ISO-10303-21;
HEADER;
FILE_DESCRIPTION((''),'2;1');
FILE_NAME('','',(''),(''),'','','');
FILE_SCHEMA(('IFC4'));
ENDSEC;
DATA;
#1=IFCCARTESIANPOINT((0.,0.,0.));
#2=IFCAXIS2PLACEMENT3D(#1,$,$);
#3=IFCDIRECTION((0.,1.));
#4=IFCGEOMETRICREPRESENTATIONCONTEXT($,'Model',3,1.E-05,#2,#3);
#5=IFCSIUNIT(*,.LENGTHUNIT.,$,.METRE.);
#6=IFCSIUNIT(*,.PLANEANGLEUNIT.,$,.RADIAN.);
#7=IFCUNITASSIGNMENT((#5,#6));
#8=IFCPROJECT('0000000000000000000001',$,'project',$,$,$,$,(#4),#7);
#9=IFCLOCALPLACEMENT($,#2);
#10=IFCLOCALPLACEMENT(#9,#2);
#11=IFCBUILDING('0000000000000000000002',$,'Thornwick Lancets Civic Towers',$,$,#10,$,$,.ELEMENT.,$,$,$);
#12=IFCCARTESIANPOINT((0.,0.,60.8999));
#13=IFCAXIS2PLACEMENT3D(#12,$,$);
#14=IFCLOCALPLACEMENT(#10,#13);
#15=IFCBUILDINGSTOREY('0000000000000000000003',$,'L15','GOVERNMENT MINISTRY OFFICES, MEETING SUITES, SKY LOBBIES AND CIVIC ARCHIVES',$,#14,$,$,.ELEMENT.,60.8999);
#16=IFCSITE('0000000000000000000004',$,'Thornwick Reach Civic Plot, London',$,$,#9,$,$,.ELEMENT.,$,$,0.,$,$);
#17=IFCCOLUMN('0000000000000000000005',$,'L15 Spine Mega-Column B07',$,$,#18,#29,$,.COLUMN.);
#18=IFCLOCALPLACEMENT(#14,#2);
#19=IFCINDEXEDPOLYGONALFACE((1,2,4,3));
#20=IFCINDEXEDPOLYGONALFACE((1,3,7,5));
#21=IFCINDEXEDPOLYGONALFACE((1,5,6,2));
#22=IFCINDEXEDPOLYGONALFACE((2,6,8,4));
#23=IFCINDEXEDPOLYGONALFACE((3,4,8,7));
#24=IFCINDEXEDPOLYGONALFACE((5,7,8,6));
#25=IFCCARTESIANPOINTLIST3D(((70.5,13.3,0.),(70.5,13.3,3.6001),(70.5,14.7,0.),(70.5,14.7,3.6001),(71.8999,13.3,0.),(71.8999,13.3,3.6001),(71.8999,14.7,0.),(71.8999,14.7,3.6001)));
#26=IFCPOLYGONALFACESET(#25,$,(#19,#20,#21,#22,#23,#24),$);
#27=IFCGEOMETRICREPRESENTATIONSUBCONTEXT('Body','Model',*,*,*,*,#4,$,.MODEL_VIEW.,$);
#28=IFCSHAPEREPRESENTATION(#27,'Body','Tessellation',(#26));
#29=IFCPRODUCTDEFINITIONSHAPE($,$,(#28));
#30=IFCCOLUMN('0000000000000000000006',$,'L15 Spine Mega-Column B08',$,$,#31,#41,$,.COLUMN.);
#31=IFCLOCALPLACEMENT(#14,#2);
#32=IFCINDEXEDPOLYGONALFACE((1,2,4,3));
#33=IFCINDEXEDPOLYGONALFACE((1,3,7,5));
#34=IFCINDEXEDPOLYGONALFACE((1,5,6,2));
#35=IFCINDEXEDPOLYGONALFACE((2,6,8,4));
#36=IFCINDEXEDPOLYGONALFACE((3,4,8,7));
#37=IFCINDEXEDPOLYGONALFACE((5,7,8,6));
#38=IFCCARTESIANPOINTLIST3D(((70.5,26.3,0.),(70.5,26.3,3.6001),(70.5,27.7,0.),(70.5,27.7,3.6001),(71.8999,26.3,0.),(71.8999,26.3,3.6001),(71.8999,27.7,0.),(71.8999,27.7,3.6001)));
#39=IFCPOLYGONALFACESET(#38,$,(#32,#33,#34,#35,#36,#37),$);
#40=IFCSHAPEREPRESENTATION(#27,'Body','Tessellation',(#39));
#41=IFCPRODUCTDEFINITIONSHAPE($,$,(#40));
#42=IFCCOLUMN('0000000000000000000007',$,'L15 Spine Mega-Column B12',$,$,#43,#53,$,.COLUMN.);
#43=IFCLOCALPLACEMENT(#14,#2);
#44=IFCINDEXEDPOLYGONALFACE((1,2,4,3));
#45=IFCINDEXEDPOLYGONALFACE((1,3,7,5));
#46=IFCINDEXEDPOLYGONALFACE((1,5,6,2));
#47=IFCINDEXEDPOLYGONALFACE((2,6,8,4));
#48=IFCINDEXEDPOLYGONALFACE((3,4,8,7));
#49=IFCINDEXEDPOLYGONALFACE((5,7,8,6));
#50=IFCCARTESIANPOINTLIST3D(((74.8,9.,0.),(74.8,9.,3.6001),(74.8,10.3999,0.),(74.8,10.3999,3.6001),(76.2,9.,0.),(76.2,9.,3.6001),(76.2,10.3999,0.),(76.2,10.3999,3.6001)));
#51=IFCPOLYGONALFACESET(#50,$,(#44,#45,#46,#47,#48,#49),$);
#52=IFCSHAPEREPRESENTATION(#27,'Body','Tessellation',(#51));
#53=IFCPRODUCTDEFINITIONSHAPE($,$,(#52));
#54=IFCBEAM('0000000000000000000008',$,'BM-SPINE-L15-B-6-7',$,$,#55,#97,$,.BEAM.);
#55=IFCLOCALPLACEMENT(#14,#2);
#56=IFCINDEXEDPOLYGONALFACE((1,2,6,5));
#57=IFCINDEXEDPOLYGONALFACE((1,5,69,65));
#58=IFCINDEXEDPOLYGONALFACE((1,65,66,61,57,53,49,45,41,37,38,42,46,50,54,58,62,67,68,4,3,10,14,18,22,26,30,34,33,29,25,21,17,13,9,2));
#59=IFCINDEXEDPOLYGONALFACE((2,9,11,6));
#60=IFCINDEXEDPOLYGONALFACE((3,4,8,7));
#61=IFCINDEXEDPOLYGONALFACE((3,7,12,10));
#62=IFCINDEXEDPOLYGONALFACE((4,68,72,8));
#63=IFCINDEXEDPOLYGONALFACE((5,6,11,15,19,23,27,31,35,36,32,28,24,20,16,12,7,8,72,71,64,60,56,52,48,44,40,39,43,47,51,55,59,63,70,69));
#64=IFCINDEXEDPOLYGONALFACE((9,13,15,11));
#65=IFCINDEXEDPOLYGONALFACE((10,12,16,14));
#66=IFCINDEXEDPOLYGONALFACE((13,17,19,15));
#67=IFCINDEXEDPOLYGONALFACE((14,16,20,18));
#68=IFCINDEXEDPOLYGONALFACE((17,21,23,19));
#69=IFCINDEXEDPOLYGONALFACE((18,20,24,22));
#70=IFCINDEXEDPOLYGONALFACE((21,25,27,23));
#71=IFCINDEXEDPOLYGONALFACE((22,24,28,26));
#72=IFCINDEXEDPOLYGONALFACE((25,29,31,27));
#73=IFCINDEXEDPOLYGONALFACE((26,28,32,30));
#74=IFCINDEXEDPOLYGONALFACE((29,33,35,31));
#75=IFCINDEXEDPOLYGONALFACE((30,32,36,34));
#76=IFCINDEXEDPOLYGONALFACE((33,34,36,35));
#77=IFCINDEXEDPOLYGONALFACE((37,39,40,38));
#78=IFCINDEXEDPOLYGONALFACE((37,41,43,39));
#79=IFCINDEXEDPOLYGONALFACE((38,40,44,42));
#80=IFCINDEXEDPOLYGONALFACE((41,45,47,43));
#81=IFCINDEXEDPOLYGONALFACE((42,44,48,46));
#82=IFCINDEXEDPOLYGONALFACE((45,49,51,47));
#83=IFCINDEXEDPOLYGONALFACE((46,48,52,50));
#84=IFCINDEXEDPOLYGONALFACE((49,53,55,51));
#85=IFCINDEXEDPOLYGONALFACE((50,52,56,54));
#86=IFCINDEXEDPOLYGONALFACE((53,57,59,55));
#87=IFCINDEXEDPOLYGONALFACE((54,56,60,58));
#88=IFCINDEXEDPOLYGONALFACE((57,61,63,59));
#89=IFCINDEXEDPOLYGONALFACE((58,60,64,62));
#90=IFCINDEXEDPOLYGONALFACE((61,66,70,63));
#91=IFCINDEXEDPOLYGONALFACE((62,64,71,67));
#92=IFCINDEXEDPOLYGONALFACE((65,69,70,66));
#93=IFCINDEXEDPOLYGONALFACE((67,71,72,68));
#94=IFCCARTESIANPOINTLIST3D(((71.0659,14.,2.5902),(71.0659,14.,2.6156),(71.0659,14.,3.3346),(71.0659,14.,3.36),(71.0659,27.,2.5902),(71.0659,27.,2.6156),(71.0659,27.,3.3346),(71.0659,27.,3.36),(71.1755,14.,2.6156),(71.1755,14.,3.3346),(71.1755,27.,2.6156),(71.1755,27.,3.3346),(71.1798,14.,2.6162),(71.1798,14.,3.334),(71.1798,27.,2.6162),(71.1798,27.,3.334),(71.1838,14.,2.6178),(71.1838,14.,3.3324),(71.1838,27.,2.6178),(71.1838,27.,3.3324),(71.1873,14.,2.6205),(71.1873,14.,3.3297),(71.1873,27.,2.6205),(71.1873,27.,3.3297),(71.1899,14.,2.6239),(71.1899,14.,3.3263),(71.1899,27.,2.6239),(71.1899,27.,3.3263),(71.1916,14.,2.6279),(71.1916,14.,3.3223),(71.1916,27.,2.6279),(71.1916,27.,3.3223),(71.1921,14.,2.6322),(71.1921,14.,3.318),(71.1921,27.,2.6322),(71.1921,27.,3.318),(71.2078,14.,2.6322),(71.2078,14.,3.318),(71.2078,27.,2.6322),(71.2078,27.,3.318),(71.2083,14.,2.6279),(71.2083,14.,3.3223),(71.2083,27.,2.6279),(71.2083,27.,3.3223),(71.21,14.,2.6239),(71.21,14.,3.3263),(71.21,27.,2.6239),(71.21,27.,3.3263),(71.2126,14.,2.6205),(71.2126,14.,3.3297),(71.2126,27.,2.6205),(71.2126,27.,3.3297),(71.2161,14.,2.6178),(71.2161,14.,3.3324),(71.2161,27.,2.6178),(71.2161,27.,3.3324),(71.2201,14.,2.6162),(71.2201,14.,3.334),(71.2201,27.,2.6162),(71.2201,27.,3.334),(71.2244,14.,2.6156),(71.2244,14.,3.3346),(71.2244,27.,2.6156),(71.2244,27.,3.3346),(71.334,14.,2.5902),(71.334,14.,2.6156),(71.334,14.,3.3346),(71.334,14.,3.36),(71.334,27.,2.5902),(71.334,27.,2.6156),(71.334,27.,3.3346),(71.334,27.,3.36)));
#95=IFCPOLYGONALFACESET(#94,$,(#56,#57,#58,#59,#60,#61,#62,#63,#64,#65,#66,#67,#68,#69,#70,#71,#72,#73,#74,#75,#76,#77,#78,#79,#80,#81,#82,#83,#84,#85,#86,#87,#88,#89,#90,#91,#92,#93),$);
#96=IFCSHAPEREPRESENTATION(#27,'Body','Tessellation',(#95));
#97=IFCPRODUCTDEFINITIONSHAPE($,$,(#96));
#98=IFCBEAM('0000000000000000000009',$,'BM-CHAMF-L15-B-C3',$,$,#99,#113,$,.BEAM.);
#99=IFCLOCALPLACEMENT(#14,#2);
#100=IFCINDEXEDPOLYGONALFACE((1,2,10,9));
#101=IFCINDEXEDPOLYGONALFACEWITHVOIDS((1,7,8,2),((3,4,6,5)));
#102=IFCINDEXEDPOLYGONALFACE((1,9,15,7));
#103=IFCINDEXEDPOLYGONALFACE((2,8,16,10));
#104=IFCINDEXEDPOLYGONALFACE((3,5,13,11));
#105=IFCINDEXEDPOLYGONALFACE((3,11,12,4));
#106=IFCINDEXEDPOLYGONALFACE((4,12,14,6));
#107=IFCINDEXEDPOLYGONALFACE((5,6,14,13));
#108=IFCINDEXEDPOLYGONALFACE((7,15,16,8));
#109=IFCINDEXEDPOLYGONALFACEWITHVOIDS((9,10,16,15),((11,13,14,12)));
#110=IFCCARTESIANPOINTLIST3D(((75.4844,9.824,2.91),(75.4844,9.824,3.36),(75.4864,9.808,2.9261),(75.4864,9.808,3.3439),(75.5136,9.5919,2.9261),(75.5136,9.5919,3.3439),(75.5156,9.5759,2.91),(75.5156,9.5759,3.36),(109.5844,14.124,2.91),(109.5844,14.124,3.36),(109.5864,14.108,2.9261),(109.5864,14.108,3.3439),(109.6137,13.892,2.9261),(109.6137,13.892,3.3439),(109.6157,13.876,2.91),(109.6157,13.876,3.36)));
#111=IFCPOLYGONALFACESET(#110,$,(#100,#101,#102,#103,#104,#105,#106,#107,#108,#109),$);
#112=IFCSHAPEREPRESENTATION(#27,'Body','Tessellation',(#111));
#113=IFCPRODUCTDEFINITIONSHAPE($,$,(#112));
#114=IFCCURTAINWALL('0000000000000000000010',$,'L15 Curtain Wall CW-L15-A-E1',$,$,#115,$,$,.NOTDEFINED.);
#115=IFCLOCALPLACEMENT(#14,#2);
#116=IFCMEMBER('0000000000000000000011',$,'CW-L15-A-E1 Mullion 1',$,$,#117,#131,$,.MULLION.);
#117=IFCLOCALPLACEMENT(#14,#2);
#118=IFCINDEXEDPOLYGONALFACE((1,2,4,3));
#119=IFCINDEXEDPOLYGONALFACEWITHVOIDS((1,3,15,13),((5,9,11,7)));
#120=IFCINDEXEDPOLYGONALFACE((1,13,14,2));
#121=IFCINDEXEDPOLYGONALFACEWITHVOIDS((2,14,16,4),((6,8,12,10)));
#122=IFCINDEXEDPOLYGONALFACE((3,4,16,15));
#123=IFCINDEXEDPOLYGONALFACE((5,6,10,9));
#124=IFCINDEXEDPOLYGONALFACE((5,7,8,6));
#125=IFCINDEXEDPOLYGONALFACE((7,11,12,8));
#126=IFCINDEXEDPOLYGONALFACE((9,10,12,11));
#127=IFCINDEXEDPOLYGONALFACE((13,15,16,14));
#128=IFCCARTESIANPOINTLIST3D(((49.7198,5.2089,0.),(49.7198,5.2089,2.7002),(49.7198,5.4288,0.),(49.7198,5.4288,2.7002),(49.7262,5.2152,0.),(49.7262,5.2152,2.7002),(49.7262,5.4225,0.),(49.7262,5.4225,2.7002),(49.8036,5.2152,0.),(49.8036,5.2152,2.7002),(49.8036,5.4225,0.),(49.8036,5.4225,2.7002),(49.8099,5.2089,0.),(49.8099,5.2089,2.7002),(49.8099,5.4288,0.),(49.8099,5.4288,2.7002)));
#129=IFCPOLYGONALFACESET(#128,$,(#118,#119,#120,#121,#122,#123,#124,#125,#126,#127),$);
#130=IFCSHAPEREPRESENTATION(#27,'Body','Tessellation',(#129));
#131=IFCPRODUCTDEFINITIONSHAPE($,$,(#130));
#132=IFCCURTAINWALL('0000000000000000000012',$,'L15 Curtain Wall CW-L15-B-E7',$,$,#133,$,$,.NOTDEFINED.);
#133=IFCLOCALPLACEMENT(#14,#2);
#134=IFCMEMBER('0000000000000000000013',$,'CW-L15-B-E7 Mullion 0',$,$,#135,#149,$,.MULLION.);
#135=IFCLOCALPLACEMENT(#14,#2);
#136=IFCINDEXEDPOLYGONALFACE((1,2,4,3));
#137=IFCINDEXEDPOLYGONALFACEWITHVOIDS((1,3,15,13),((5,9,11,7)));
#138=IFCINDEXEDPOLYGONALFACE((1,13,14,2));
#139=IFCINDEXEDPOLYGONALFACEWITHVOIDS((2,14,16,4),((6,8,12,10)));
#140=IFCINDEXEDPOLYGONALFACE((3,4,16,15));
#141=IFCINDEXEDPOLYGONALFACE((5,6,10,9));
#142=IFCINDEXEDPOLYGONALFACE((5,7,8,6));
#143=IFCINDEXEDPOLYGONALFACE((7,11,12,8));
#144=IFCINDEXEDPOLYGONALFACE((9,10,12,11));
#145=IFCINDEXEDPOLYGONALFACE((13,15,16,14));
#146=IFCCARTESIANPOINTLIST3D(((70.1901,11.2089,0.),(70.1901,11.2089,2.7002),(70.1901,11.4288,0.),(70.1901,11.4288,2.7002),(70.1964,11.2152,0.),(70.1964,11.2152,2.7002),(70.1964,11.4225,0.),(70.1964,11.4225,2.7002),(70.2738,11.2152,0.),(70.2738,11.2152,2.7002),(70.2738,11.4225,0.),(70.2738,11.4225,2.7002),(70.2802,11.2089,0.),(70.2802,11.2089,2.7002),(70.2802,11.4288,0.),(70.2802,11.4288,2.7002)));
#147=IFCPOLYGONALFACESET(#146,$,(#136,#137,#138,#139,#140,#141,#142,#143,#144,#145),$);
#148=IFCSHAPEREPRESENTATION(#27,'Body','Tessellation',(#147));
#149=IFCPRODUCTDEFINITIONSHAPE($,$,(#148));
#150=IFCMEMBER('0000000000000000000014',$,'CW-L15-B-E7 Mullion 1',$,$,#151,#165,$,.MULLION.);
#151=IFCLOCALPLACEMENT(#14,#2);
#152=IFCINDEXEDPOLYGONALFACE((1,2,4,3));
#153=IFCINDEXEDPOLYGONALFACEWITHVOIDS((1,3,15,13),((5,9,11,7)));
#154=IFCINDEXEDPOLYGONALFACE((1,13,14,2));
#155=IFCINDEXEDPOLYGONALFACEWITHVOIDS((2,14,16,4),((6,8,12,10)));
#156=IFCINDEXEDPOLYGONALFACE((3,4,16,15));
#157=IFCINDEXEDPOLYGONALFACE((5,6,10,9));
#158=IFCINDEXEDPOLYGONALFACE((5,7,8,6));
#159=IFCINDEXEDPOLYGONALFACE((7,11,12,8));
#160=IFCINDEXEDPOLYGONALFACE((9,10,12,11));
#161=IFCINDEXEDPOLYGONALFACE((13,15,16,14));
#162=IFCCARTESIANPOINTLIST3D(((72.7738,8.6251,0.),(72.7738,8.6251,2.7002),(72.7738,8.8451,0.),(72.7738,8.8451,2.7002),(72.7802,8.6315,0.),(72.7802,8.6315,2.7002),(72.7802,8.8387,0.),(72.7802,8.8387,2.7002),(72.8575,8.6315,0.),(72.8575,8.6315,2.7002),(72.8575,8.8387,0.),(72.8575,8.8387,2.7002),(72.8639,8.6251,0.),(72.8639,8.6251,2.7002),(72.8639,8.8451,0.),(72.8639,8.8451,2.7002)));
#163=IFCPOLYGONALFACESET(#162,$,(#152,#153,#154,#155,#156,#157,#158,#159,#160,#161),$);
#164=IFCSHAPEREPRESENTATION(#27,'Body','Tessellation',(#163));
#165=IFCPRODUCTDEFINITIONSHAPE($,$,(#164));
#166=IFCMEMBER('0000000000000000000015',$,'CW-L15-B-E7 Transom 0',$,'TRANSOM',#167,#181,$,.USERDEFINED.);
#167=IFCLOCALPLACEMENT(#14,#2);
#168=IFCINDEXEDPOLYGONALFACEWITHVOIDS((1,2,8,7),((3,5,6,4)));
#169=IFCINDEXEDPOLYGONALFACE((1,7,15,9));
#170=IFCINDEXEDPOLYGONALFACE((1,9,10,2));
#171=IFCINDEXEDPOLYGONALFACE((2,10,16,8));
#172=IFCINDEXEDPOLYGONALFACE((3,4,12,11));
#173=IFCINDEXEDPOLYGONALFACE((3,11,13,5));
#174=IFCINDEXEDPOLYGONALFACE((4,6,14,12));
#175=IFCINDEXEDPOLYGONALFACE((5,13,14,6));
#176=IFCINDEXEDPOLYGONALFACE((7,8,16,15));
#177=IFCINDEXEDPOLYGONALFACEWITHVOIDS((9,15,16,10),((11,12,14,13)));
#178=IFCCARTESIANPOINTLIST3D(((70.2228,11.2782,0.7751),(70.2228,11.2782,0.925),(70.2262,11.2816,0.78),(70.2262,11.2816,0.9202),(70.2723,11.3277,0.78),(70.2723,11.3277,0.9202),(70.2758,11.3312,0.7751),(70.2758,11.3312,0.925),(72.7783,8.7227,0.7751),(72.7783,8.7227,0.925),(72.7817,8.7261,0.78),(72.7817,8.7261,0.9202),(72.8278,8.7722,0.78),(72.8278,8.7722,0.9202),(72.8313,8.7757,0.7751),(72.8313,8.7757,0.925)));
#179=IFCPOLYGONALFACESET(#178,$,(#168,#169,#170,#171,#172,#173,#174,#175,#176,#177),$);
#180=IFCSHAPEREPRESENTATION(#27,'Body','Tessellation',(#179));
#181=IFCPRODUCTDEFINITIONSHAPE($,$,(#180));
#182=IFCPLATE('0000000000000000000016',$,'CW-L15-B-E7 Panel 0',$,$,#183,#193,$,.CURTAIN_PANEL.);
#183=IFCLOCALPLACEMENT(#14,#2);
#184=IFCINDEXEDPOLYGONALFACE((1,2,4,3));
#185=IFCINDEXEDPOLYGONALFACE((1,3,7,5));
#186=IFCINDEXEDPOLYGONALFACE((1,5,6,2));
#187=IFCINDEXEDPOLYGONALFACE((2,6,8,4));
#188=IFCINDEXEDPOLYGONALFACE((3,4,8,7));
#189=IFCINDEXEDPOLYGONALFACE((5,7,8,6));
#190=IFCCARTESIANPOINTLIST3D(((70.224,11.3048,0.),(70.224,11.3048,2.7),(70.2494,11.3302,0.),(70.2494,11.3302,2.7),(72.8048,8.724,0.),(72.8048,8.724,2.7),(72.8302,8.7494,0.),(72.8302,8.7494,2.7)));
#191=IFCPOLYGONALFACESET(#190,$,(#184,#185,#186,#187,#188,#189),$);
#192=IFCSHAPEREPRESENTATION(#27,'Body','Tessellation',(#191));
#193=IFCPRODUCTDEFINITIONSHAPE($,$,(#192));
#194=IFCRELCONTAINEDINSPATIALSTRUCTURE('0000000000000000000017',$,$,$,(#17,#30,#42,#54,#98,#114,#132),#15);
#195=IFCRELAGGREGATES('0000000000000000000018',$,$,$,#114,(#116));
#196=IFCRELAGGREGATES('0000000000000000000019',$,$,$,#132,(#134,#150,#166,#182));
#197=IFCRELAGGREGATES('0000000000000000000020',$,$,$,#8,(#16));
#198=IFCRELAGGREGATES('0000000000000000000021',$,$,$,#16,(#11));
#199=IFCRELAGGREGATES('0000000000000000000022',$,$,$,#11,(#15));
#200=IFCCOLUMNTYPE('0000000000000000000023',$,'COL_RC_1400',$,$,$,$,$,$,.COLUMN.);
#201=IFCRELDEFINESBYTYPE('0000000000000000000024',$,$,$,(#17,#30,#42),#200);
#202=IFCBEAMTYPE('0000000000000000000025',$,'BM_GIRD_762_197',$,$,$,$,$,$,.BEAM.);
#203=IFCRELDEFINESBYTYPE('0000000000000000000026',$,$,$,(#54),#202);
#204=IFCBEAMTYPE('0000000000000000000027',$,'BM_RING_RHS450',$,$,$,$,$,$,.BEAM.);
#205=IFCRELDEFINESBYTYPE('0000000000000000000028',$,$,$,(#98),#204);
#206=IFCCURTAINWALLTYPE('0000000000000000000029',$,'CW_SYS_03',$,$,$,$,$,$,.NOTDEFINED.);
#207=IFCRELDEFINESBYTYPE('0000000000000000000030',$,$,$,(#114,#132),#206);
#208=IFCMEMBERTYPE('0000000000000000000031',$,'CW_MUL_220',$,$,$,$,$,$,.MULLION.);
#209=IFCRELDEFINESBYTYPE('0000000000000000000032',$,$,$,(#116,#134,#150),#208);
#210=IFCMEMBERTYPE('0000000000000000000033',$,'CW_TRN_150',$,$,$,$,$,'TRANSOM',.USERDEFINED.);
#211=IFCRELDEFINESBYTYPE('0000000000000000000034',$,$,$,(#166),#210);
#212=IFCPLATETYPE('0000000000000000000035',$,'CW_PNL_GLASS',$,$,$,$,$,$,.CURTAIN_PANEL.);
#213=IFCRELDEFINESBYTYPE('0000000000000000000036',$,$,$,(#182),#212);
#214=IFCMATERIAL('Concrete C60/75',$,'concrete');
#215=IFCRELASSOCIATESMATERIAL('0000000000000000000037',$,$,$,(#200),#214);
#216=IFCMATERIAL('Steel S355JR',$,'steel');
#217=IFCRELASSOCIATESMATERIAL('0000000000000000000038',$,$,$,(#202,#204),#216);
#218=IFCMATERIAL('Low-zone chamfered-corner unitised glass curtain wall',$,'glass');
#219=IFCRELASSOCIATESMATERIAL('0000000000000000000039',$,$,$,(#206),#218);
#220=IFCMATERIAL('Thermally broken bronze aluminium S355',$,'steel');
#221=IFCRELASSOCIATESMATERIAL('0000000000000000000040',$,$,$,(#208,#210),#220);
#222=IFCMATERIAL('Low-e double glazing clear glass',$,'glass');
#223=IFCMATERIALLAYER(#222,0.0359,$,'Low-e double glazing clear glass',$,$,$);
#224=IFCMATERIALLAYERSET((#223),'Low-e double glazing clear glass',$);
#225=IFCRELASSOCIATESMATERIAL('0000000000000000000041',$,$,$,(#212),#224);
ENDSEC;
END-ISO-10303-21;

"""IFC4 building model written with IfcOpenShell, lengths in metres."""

from ifc_helpers import new_model, si_unit, direction, frame, origin, origin_2d, place, context, subcontext, project, spatial, rectangle, hollow_rectangle, i_section, extrude, material, layer, layer_set, material_profile, profile_set, type_object, element, aggregate, save


model = new_model("IFC4")

# Units and contexts
model_context = context("Model", 3, precision=1e-05, world=origin(), true_north=direction((0.0, 1.0)))
body_context = subcontext(model_context, "Body", "Model", "MODEL_VIEW")
ifc_project = project(units=[si_unit("LENGTHUNIT", "METRE"), si_unit("PLANEANGLEUNIT", "RADIAN")], contexts=[model_context])

# Site, building, storey
site_placement = place(None, origin())
site = spatial("IfcSite", under=ifc_project, at=site_placement, Name="Thornwick Reach Civic Plot, London", CompositionType="ELEMENT", RefElevation=0.0)
building_placement = place(site_placement, origin())
building = spatial("IfcBuilding", under=site, at=building_placement, Name="Thornwick Lancets Civic Towers", CompositionType="ELEMENT")
storey_placement = place(building_placement, frame((0.0, 0.0, 60.8999)))
storey = spatial("IfcBuildingStorey", under=building, at=storey_placement, Name="L15", Description="GOVERNMENT MINISTRY OFFICES, MEETING SUITES, SKY LOBBIES AND CIVIC ARCHIVES", CompositionType="ELEMENT", Elevation=60.8999)

# Columns
ifc_material_1 = material(Name="Concrete C60/75", Category="concrete")
ifc_material_profile_1 = material_profile(ifc_material_1, rectangle(XDim=1.3999, YDim=1.3999, at=origin_2d()), Name="RC 1400x1400")
ifc_profile_set_1 = profile_set([ifc_material_profile_1], Name="Concrete C60/75")
column_type = type_object("IfcColumnType", Name="COL_RC_1400", PredefinedType="COLUMN", material=ifc_profile_set_1)
for number, where, z_axis, x_axis, name in (
    (1, (71.2, 14.0, 0.0), (0.0, 0.0, 1.0), (1.0, 0.0, 0.0), "L15 Spine Mega-Column B07"),
    (2, (71.2, 27.0, 0.0), (0.0, 0.0, 1.0), (1.0, 0.0, 0.0), "L15 Spine Mega-Column B08"),
    (3, (75.5, 9.7, 0.0), (0.0, 0.0, 1.0), (1.0, 0.0, 0.0), "L15 Spine Mega-Column B12"),
):
    element("IfcColumn", number, at=place(storey_placement, frame(where, z_axis=z_axis, x_axis=x_axis)), inside=storey, type_object=column_type, Name=name, PredefinedType="COLUMN", context=body_context, shape_type="SweptSolid", body=[
        extrude(rectangle(XDim=1.3999, YDim=1.3999, at=origin_2d()), origin(), (0.0, 0.0, 1.0), 3.6001),
    ])

# Beams
ifc_material_2 = material(Name="Steel S355JR", Category="steel")
ifc_material_profile_2 = material_profile(ifc_material_2, i_section(OverallWidth=0.2681, OverallDepth=0.7698, WebThickness=0.0156, FlangeThickness=0.0254, FilletRadius=0.0166, at=origin_2d()), Name="UKB 762x267x197")
ifc_profile_set_2 = profile_set([ifc_material_profile_2], Name="Steel S355JR")
beam_type_1 = type_object("IfcBeamType", Name="BM_GIRD_762_197", PredefinedType="BEAM", material=ifc_profile_set_2)
beam_1_placement = place(storey_placement, frame((71.2, 14.0, 2.9751), z_axis=(0.0, 1.0, 0.0), x_axis=(-1.0, 0.0, 0.0)))
element("IfcBeam", 4, at=beam_1_placement, inside=storey, type_object=beam_type_1, Name="BM-SPINE-L15-B-6-7", PredefinedType="BEAM", context=body_context, shape_type="SweptSolid", body=[
    extrude(i_section(OverallWidth=0.2681, OverallDepth=0.7698, WebThickness=0.0156, FlangeThickness=0.0254, FilletRadius=0.0166, at=origin_2d()), origin(), (0.0, 0.0, 1.0), 13.0),
])
ifc_material_profile_3 = material_profile(ifc_material_2, hollow_rectangle(XDim=0.25, YDim=0.45, WallThickness=0.0161, at=origin_2d()), Name="RHS 450x250x16")
ifc_profile_set_3 = profile_set([ifc_material_profile_3], Name="Steel S355JR")
beam_type_2 = type_object("IfcBeamType", Name="BM_RING_RHS450", PredefinedType="BEAM", material=ifc_profile_set_3)
beam_2_placement = place(storey_placement, frame((75.5, 9.7, 3.135), z_axis=(0.992143, 0.12511, 0.0), x_axis=(-0.12511, 0.992143, 0.0)))
element("IfcBeam", 5, at=beam_2_placement, inside=storey, type_object=beam_type_2, Name="BM-CHAMF-L15-B-C3", PredefinedType="BEAM", context=body_context, shape_type="SweptSolid", body=[
    extrude(hollow_rectangle(XDim=0.25, YDim=0.45, WallThickness=0.0161, at=origin_2d()), origin(), (0.0, 0.0, 1.0), 34.3701),
])

# Curtain wall, member
ifc_material_3 = material(Name="Low-zone chamfered-corner unitised glass curtain wall", Category="glass")
curtain_wall_type = type_object("IfcCurtainWallType", Name="CW_SYS_03", PredefinedType="NOTDEFINED", material=ifc_material_3)
curtain_wall_1_placement = place(storey_placement, origin())
curtain_wall_1 = element("IfcCurtainWall", 6, at=curtain_wall_1_placement, inside=storey, type_object=curtain_wall_type, Name="L15 Curtain Wall CW-L15-A-E1", PredefinedType="NOTDEFINED")
ifc_material_4 = material(Name="Thermally broken bronze aluminium S355", Category="steel")
ifc_material_profile_4 = material_profile(ifc_material_4, hollow_rectangle(XDim=0.0901, YDim=0.22, WallThickness=0.0063, at=origin_2d()), Name="RHS 220x90x6.3")
ifc_profile_set_4 = profile_set([ifc_material_profile_4], Name="Thermally broken bronze aluminium S355")
member_type_1 = type_object("IfcMemberType", Name="CW_MUL_220", PredefinedType="MULLION", material=ifc_profile_set_4)
member_1_placement = place(storey_placement, frame((49.7649, 5.3188, 0.0), z_axis=(0.0, 0.0, 1.0), x_axis=(1.0, 0.0, 0.0)))
member_1 = element("IfcMember", 7, at=member_1_placement, type_object=member_type_1, Name="CW-L15-A-E1 Mullion 1", PredefinedType="MULLION", context=body_context, shape_type="SweptSolid", body=[
    extrude(hollow_rectangle(XDim=0.0901, YDim=0.22, WallThickness=0.0063, at=origin_2d()), origin(), (0.0, 0.0, 1.0), 2.7002),
])
aggregate(curtain_wall_1, [member_1])

# Curtain wall, members, plate
curtain_wall_2_placement = place(storey_placement, origin())
curtain_wall_2 = element("IfcCurtainWall", 8, at=curtain_wall_2_placement, inside=storey, type_object=curtain_wall_type, Name="L15 Curtain Wall CW-L15-B-E7", PredefinedType="NOTDEFINED")
member_2_placement = place(storey_placement, frame((70.2351, 11.3188, 0.0), z_axis=(0.0, 0.0, 1.0), x_axis=(1.0, 0.0, 0.0)))
member_2 = element("IfcMember", 9, at=member_2_placement, type_object=member_type_1, Name="CW-L15-B-E7 Mullion 0", PredefinedType="MULLION", context=body_context, shape_type="SweptSolid", body=[
    extrude(hollow_rectangle(XDim=0.0901, YDim=0.22, WallThickness=0.0063, at=origin_2d()), origin(), (0.0, 0.0, 1.0), 2.7002),
])
member_3_placement = place(storey_placement, frame((72.8188, 8.7351, 0.0), z_axis=(0.0, 0.0, 1.0), x_axis=(1.0, 0.0, 0.0)))
member_3 = element("IfcMember", 10, at=member_3_placement, type_object=member_type_1, Name="CW-L15-B-E7 Mullion 1", PredefinedType="MULLION", context=body_context, shape_type="SweptSolid", body=[
    extrude(hollow_rectangle(XDim=0.0901, YDim=0.22, WallThickness=0.0063, at=origin_2d()), origin(), (0.0, 0.0, 1.0), 2.7002),
])
ifc_material_profile_5 = material_profile(ifc_material_4, hollow_rectangle(XDim=0.075, YDim=0.1499, WallThickness=0.0049, at=origin_2d()), Name="RHS 150x75x5")
ifc_profile_set_5 = profile_set([ifc_material_profile_5], Name="Thermally broken bronze aluminium S355")
member_type_2 = type_object("IfcMemberType", Name="CW_TRN_150", ElementType="TRANSOM", PredefinedType="USERDEFINED", material=ifc_profile_set_5)
member_4_placement = place(storey_placement, frame((70.2493, 11.3047, 0.8501), z_axis=(0.707107, -0.707107, 0.0), x_axis=(0.707107, 0.707107, 0.0)))
member_4 = element("IfcMember", 11, at=member_4_placement, type_object=member_type_2, Name="CW-L15-B-E7 Transom 0", ObjectType="TRANSOM", PredefinedType="USERDEFINED", context=body_context, shape_type="SweptSolid", body=[
    extrude(hollow_rectangle(XDim=0.075, YDim=0.1499, WallThickness=0.0049, at=origin_2d()), origin(), (0.0, 0.0, 1.0), 3.614),
])
ifc_material_5 = material(Name="Low-e double glazing clear glass", Category="glass")
ifc_layer_1 = layer(ifc_material_5, 0.0359, Name="Low-e double glazing clear glass")
ifc_layer_set_1 = layer_set([ifc_layer_1], Name="Low-e double glazing clear glass")
plate_type = type_object("IfcPlateType", Name="CW_PNL_GLASS", PredefinedType="CURTAIN_PANEL", material=ifc_layer_set_1)
plate_placement = place(storey_placement, frame((71.5271, 10.0271, 0.0), z_axis=(0.0, 0.0, 1.0), x_axis=(0.707107, -0.707107, 0.0)))
plate = element("IfcPlate", 12, at=plate_placement, type_object=plate_type, Name="CW-L15-B-E7 Panel 0", PredefinedType="CURTAIN_PANEL", context=body_context, shape_type="SweptSolid", body=[
    extrude(rectangle(XDim=3.6499, YDim=0.0359, at=origin_2d()), origin(), (0.0, 0.0, 1.0), 2.7),
])
aggregate(curtain_wall_2, [member_2, member_3, member_4, plate])

save(model, "model.ifc")
